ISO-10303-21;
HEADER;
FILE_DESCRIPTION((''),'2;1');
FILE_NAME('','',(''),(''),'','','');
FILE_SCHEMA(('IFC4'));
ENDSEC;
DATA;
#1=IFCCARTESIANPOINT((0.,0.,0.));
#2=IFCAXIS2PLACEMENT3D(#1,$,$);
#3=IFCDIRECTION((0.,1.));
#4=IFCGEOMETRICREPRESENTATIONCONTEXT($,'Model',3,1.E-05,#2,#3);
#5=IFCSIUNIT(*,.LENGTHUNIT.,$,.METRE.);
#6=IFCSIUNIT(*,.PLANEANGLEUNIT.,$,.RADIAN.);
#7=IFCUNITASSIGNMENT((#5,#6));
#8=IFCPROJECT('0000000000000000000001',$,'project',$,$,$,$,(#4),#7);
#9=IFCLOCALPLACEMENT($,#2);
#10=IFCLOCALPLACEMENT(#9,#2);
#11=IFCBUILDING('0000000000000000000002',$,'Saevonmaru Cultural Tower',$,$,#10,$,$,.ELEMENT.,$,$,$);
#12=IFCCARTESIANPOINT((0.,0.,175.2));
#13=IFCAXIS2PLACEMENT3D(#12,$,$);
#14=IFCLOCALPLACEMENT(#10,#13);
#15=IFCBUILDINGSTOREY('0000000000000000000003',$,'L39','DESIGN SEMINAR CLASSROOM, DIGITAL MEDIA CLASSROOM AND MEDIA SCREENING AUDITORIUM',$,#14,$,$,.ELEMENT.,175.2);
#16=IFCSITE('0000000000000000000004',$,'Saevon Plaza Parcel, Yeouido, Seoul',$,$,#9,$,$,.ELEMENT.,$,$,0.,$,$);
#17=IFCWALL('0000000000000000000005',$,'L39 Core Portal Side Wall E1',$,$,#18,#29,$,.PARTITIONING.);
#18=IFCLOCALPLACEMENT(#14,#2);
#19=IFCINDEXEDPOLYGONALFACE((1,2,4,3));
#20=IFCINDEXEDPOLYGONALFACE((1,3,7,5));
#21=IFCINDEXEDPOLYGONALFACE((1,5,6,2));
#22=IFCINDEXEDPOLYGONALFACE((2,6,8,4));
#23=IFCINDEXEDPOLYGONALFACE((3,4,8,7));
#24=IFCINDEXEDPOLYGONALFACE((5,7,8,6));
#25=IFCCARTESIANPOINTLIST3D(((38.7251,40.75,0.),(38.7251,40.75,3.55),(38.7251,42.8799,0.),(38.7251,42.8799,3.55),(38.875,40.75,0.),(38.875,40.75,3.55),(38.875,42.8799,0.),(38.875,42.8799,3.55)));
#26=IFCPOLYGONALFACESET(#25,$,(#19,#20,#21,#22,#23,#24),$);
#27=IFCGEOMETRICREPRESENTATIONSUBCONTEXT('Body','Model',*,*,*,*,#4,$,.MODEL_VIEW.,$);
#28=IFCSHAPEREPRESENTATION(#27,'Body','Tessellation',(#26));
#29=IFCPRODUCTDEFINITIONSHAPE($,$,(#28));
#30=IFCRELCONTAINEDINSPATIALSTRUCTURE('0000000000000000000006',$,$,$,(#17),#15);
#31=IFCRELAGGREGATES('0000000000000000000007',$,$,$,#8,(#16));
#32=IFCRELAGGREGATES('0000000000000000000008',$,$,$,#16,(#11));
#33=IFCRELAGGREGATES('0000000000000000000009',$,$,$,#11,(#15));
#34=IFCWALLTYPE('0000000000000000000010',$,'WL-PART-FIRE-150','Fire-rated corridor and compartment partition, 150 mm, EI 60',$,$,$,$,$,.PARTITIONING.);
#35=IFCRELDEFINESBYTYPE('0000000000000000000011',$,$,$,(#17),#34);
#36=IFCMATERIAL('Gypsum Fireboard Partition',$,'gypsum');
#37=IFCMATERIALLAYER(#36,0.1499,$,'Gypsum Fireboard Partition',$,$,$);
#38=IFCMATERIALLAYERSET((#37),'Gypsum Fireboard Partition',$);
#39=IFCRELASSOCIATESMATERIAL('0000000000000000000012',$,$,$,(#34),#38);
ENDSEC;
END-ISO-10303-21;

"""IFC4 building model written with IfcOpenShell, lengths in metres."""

from ifc_helpers import new_model, si_unit, direction, frame, frame_2d, origin, place, context, subcontext, project, spatial, rectangle, extrude, material, layer, layer_set, type_object, element, save


model = new_model("IFC4")

# Units and contexts
model_context = context("Model", 3, precision=1e-05, world=origin(), true_north=direction((0.0, 1.0)))
body_context = subcontext(model_context, "Body", "Model", "MODEL_VIEW")
ifc_project = project(units=[si_unit("LENGTHUNIT", "METRE"), si_unit("PLANEANGLEUNIT", "RADIAN")], contexts=[model_context])

# Site, building, storey
site_placement = place(None, origin())
site = spatial("IfcSite", under=ifc_project, at=site_placement, Name="Saevon Plaza Parcel, Yeouido, Seoul", CompositionType="ELEMENT", RefElevation=0.0)
building_placement = place(site_placement, origin())
building = spatial("IfcBuilding", under=site, at=building_placement, Name="Saevonmaru Cultural Tower", CompositionType="ELEMENT")
storey_placement = place(building_placement, frame((0.0, 0.0, 175.2)))
storey = spatial("IfcBuildingStorey", under=building, at=storey_placement, Name="L39", Description="DESIGN SEMINAR CLASSROOM, DIGITAL MEDIA CLASSROOM AND MEDIA SCREENING AUDITORIUM", CompositionType="ELEMENT", Elevation=175.2)

# Wall
ifc_material_1 = material(Name="Gypsum Fireboard Partition", Category="gypsum")
ifc_layer_1 = layer(ifc_material_1, 0.1499, Name="Gypsum Fireboard Partition")
ifc_layer_set_1 = layer_set([ifc_layer_1], Name="Gypsum Fireboard Partition")
wall_type = type_object("IfcWallType", Name="WL-PART-FIRE-150", Description="Fire-rated corridor and compartment partition, 150 mm, EI 60", PredefinedType="PARTITIONING", material=ifc_layer_set_1)
wall_1_placement = place(storey_placement, frame((38.8, 40.75, 0.0), z_axis=(0.0, 0.0, 1.0), x_axis=(0.0, 1.0, 0.0)))
element("IfcWall", 1, at=wall_1_placement, inside=storey, type_object=wall_type, Name="L39 Core Portal Side Wall E1", PredefinedType="PARTITIONING", context=body_context, shape_type="SweptSolid", body=[
    extrude(rectangle(XDim=2.1299, YDim=0.1499, at=frame_2d((1.0649, 0.0))), origin(), (0.0, 0.0, 1.0), 3.55),
])

save(model, "model.ifc")
